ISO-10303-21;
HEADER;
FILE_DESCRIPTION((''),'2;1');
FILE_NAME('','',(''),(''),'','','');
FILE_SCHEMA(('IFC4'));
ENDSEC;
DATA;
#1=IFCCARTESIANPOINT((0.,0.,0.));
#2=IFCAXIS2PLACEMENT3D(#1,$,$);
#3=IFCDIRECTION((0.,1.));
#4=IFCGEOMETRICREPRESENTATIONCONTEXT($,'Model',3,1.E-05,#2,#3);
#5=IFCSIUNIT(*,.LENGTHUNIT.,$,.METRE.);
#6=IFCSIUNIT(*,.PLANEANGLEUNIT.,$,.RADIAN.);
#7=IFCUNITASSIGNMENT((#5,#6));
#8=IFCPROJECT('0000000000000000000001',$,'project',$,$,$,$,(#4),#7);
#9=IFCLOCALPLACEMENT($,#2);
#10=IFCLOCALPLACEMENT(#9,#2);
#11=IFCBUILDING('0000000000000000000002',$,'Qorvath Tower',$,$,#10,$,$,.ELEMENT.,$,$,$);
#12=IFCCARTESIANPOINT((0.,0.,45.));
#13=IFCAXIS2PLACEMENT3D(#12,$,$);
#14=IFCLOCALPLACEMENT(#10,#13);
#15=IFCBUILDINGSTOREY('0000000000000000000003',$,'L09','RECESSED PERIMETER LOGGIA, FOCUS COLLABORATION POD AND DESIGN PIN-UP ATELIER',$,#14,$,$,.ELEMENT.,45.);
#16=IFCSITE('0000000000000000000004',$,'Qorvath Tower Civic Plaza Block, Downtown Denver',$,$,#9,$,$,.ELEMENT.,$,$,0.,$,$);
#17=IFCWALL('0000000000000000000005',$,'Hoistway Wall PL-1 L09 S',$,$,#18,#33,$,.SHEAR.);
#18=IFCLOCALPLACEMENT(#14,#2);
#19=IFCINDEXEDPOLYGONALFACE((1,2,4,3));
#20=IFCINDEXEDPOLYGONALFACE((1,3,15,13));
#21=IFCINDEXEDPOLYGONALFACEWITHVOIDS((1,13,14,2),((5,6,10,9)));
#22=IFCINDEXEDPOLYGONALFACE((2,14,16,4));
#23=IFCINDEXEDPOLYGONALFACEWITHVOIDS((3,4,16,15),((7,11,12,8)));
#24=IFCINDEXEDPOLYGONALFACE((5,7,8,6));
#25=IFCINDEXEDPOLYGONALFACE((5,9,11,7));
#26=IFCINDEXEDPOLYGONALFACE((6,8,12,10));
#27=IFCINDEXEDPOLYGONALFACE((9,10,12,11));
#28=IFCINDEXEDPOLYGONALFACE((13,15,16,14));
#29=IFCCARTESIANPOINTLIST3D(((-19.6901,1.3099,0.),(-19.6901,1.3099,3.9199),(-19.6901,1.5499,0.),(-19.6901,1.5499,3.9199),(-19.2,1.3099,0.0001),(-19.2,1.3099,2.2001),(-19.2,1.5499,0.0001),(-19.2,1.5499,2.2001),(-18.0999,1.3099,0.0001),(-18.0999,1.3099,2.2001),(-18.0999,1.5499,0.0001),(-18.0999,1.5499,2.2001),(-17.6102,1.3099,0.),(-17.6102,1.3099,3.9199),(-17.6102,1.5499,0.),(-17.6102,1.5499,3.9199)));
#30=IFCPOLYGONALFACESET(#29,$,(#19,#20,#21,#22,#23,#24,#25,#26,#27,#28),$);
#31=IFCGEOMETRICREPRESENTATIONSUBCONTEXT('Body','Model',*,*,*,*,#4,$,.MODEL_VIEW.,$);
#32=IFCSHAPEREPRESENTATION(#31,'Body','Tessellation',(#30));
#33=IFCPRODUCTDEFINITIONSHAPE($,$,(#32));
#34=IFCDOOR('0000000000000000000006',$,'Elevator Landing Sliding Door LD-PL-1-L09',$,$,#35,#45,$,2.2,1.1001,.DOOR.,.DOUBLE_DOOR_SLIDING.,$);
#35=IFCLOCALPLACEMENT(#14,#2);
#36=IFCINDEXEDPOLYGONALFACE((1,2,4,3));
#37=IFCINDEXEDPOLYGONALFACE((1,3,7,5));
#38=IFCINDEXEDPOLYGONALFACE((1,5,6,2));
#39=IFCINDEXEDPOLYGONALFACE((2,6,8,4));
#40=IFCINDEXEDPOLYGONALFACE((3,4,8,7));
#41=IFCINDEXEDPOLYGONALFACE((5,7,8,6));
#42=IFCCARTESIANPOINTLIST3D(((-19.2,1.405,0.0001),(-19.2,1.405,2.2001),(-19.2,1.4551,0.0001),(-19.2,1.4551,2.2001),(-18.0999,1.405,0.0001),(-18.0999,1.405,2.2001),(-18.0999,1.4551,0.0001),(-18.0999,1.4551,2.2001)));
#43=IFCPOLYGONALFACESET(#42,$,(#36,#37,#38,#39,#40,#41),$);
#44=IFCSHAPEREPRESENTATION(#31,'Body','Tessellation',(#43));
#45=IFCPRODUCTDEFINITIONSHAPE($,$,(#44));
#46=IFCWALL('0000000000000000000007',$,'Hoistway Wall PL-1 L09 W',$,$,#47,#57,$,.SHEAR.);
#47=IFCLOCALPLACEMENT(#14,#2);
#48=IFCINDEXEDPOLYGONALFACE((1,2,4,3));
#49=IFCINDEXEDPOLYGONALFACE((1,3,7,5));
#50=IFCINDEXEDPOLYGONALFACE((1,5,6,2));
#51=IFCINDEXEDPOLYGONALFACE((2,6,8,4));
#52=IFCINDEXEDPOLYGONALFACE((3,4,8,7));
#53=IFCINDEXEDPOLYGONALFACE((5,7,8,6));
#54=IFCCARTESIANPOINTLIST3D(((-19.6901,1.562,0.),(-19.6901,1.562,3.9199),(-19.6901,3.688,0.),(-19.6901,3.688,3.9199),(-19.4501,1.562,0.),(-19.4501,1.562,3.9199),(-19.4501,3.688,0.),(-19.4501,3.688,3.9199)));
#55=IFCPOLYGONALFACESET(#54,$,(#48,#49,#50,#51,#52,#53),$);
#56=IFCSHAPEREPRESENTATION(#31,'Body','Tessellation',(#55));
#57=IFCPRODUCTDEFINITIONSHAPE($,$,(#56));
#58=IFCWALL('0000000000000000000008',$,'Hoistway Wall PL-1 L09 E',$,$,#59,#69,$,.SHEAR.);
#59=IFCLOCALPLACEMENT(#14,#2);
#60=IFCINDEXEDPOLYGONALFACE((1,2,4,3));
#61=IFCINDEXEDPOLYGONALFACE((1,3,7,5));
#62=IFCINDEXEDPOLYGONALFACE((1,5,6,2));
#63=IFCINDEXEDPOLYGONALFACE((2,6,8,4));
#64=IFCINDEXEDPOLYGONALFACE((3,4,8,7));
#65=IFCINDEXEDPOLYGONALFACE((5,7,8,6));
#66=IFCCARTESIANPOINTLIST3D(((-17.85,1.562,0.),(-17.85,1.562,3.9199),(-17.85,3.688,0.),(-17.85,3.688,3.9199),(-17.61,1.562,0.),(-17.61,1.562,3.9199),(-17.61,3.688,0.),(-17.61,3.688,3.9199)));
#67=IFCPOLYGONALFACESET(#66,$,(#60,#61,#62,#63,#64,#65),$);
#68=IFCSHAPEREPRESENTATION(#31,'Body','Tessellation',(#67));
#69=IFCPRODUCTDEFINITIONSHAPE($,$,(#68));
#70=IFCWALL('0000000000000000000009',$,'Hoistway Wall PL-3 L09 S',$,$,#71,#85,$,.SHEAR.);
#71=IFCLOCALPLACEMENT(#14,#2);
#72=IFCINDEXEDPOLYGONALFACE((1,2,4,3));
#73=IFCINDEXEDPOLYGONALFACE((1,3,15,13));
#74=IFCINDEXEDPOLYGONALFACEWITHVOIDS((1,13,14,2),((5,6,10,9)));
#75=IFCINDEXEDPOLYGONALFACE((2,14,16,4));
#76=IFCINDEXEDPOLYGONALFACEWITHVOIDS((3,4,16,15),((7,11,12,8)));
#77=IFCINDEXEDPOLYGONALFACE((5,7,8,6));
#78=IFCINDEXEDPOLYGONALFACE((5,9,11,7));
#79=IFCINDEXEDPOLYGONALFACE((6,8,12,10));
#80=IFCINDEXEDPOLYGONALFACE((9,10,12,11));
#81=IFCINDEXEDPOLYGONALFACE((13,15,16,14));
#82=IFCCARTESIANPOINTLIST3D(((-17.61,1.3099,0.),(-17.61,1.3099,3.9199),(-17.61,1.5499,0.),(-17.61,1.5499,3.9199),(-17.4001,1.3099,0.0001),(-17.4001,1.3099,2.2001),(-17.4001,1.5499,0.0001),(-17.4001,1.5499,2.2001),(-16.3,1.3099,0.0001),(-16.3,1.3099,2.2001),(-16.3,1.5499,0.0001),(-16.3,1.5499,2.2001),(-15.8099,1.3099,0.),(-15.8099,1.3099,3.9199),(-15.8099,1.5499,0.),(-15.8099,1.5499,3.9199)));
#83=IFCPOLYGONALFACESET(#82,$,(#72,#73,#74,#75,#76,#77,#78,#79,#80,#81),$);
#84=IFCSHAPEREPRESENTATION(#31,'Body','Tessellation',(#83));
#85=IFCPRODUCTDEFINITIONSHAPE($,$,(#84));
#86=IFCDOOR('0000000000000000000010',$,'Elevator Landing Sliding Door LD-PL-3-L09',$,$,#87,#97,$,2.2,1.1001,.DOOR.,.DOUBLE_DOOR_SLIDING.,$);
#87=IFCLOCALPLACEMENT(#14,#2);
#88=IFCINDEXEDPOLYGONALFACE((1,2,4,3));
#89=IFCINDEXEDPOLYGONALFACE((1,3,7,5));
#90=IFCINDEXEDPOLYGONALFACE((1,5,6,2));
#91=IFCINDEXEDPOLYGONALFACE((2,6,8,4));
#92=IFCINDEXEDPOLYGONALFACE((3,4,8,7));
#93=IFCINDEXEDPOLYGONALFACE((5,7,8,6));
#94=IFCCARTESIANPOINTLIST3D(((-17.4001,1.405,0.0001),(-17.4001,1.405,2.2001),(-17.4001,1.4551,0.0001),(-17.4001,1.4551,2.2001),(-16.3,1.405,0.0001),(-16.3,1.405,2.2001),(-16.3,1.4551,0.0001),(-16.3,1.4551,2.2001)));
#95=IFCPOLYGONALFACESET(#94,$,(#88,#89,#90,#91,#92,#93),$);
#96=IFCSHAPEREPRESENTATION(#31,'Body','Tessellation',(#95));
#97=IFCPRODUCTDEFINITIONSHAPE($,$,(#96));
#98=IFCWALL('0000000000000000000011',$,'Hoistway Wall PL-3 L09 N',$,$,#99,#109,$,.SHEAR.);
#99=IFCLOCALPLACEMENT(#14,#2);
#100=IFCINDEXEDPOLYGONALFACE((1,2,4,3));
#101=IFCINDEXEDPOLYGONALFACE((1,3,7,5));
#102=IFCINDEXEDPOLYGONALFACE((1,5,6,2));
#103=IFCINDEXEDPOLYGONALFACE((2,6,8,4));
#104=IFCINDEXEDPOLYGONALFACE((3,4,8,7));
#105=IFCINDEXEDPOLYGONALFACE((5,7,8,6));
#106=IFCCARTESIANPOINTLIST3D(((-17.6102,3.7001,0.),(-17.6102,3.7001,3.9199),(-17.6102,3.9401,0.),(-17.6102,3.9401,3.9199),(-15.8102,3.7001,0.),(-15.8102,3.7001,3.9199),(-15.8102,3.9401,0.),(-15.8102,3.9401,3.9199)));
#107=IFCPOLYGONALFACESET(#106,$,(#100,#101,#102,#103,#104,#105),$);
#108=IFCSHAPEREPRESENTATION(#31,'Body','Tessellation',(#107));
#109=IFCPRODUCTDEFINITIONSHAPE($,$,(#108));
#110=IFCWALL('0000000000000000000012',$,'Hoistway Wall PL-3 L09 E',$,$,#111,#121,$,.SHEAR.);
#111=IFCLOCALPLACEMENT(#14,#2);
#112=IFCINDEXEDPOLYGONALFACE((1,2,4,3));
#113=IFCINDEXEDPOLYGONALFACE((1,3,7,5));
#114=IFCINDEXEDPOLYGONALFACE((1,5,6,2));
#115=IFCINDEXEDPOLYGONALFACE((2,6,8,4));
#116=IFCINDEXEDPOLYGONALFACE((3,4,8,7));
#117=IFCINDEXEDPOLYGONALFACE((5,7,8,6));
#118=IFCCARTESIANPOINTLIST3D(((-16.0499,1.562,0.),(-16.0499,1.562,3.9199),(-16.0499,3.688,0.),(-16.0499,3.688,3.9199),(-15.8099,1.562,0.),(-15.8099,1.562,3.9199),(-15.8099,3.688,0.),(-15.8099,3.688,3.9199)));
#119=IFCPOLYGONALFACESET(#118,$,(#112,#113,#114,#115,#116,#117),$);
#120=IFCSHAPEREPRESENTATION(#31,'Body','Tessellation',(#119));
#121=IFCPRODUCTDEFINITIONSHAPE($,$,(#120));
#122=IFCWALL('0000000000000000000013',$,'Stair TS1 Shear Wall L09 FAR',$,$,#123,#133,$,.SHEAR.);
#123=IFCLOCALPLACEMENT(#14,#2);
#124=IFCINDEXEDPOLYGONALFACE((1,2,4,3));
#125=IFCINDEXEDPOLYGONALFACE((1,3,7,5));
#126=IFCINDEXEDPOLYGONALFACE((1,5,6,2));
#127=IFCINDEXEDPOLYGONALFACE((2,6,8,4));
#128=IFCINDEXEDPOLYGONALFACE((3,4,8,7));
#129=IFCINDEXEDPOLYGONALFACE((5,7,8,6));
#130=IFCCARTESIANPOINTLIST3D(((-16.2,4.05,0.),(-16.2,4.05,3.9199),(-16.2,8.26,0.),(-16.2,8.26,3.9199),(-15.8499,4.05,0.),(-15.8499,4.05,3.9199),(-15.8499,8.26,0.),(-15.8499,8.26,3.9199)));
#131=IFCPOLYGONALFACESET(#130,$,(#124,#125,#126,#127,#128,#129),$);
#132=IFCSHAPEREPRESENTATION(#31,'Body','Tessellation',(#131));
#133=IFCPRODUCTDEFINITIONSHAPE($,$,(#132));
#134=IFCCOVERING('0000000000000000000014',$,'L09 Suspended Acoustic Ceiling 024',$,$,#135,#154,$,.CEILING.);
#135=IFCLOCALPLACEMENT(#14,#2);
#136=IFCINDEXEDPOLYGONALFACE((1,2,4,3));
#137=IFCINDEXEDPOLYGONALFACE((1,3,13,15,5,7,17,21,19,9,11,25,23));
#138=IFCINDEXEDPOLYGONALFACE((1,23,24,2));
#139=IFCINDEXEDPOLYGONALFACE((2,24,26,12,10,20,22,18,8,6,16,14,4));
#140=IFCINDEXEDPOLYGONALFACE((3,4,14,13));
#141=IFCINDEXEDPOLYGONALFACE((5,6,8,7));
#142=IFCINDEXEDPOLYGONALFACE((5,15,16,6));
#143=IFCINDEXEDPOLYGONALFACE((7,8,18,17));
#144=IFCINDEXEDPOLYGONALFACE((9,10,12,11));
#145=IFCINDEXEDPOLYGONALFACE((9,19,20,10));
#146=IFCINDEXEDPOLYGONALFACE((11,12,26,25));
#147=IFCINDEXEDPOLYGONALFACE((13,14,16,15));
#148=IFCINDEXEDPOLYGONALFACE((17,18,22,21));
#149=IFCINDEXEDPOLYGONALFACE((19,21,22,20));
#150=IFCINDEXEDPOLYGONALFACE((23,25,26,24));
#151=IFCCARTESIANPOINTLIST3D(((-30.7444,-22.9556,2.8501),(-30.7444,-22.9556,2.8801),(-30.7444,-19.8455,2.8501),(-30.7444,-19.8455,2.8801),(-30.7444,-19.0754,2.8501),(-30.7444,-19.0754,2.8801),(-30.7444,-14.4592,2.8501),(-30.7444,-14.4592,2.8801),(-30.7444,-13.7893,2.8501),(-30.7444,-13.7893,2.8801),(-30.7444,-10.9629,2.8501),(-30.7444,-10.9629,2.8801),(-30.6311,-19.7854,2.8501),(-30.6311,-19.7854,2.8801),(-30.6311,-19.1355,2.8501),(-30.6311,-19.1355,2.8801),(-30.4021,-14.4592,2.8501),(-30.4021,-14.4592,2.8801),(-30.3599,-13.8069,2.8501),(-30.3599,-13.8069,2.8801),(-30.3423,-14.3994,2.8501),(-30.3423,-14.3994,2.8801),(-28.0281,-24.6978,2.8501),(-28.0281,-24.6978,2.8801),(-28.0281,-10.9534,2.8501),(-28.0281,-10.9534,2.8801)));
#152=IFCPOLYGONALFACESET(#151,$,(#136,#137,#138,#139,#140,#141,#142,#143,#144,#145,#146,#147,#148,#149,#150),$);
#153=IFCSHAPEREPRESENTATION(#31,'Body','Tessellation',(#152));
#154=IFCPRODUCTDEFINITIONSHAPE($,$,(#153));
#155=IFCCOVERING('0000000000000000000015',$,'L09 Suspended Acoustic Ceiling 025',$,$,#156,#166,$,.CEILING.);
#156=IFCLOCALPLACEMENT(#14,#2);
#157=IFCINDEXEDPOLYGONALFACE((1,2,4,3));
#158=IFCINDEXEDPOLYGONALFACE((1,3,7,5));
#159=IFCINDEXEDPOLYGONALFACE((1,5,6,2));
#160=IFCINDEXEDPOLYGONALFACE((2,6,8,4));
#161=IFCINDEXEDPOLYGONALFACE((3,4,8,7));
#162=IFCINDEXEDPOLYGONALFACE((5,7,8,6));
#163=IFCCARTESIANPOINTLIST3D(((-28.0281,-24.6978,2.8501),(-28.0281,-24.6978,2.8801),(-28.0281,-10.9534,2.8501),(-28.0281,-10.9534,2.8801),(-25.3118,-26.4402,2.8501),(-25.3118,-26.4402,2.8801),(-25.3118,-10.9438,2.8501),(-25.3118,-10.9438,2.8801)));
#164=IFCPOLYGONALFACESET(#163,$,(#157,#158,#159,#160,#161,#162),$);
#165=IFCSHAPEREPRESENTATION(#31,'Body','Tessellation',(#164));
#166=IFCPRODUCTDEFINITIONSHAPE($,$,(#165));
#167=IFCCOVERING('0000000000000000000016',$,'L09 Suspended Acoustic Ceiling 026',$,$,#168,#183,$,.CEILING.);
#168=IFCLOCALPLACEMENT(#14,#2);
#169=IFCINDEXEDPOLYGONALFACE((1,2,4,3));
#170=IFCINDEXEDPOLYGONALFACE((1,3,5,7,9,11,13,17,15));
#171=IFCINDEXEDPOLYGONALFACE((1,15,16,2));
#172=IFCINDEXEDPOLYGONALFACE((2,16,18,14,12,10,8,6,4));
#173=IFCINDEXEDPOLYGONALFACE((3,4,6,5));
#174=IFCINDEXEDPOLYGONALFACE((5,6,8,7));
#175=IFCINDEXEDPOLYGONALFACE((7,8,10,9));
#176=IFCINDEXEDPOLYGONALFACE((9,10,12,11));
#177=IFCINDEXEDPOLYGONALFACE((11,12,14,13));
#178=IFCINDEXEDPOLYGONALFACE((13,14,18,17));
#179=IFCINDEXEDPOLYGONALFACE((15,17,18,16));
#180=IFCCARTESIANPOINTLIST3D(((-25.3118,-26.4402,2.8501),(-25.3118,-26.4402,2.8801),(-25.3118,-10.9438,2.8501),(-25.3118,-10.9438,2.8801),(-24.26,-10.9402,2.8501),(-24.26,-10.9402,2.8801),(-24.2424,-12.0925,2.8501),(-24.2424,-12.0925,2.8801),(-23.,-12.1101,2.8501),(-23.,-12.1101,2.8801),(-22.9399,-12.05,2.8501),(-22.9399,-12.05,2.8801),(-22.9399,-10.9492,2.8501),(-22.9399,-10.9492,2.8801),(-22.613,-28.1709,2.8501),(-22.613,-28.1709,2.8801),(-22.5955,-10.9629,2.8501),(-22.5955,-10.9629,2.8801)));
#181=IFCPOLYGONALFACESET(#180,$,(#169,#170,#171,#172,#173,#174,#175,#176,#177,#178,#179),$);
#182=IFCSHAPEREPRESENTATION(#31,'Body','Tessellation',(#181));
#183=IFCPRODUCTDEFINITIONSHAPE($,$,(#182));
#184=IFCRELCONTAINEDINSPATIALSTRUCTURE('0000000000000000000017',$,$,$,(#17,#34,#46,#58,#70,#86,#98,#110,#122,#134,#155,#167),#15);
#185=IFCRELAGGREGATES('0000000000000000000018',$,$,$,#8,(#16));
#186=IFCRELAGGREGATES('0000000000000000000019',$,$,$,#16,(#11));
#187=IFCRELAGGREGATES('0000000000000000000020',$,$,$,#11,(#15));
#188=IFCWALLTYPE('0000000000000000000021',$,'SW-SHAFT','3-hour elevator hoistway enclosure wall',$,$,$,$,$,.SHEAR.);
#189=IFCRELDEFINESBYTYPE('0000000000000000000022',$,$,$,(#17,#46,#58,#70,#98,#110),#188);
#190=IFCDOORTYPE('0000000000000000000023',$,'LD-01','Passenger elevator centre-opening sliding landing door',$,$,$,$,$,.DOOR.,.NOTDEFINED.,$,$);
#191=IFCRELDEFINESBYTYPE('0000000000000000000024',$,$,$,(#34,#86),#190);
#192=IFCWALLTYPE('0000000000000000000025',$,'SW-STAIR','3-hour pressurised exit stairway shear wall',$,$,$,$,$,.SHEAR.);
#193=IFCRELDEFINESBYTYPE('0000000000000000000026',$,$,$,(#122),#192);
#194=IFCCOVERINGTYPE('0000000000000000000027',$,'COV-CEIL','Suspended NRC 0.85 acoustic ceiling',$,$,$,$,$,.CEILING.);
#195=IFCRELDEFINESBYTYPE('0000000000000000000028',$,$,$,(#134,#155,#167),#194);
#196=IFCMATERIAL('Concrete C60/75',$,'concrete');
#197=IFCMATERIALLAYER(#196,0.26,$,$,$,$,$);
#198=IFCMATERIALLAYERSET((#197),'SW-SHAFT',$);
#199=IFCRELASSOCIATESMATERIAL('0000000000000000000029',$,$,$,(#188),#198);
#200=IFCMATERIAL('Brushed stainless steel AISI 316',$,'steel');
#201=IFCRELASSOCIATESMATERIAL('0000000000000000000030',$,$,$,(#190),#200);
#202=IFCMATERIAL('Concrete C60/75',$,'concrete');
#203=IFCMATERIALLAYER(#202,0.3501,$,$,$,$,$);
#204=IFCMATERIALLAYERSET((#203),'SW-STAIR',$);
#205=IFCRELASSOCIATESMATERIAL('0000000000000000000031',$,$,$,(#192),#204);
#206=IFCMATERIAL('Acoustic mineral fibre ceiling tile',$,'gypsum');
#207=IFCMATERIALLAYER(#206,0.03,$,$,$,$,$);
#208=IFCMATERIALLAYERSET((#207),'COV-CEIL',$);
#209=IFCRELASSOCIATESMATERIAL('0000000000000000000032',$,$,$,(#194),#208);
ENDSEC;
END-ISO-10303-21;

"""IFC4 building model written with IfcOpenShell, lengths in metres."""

from ifc_helpers import new_model, si_unit, direction, frame, frame_2d, origin, place, context, subcontext, project, spatial, polyline, rectangle, outline, extrude, material, layer, layer_set, type_object, element, fill, save


model = new_model("IFC4")

# Units and contexts
model_context = context("Model", 3, precision=1e-05, world=origin(), true_north=direction((0.0, 1.0)))
body_context = subcontext(model_context, "Body", "Model", "MODEL_VIEW")
ifc_project = project(units=[si_unit("LENGTHUNIT", "METRE"), si_unit("PLANEANGLEUNIT", "RADIAN")], contexts=[model_context])

# Site, building, storey
site_placement = place(None, origin())
site = spatial("IfcSite", under=ifc_project, at=site_placement, Name="Qorvath Tower Civic Plaza Block, Downtown Denver", CompositionType="ELEMENT", RefElevation=0.0)
building_placement = place(site_placement, origin())
building = spatial("IfcBuilding", under=site, at=building_placement, Name="Qorvath Tower", CompositionType="ELEMENT")
storey_placement = place(building_placement, frame((0.0, 0.0, 45.0)))
storey = spatial("IfcBuildingStorey", under=building, at=storey_placement, Name="L09", Description="RECESSED PERIMETER LOGGIA, FOCUS COLLABORATION POD AND DESIGN PIN-UP ATELIER", CompositionType="ELEMENT", Elevation=45.0)

# Wall, opening, door
ifc_material_1 = material(Name="Concrete C60/75", Category="concrete")
ifc_layer_1 = layer(ifc_material_1, 0.26)
ifc_layer_set_1 = layer_set([ifc_layer_1], Name="SW-SHAFT")
wall_type_1 = type_object("IfcWallType", Name="SW-SHAFT", Description="3-hour elevator hoistway enclosure wall", PredefinedType="SHEAR", material=ifc_layer_set_1)
wall_1_placement = place(storey_placement, frame((-17.6101, 1.4299, 0.0), z_axis=(0.0, 0.0, 1.0), x_axis=(-1.0, 0.0, 0.0)))
wall_1 = element("IfcWall", 1, at=wall_1_placement, inside=storey, type_object=wall_type_1, Name="Hoistway Wall PL-1 L09 S", PredefinedType="SHEAR", context=body_context, shape_type="SweptSolid", body=[
    extrude(rectangle(XDim=2.0798, YDim=0.24, at=frame_2d((1.04, 0.0))), origin(), (0.0, 0.0, 1.0), 3.9199),
])
opening_1_placement = place(wall_1_placement, frame((0.4897, 0.0, 0.0)))
opening_1 = element("IfcOpeningElement", 2, at=opening_1_placement, cuts=wall_1, PredefinedType="OPENING", context=body_context, shape_type="SweptSolid", body=[
    extrude(rectangle(XDim=1.1001, YDim=2.2, at=frame_2d((0.55, 1.1001))), frame((0.0, 0.1299, 0.0), z_axis=(0.0, -1.0, 0.0), x_axis=(1.0, 0.0, 0.0)), (0.0, 0.0, 1.0), 0.26),
])
ifc_material_2 = material(Name="Brushed stainless steel AISI 316", Category="steel")
door_type = type_object("IfcDoorType", Name="LD-01", Description="Passenger elevator centre-opening sliding landing door", OperationType="NOTDEFINED", PredefinedType="DOOR", material=ifc_material_2)
door_1_placement = place(opening_1_placement, origin())
door_1 = element("IfcDoor", 3, at=door_1_placement, inside=storey, type_object=door_type, Name="Elevator Landing Sliding Door LD-PL-1-L09", OperationType="DOUBLE_DOOR_SLIDING", OverallHeight=2.2, OverallWidth=1.1001, PredefinedType="DOOR", context=body_context, shape_type="SweptSolid", body=[
    extrude(rectangle(XDim=1.1001, YDim=2.2, at=frame_2d((0.55, 1.1001))), frame((0.0, 0.0249, 0.0), z_axis=(0.0, -1.0, 0.0), x_axis=(1.0, 0.0, 0.0)), (0.0, 0.0, 1.0), 0.05),
])
fill(opening_1, door_1)

# Walls
for number, where, z_axis, x_axis, name in (
    (4, (-19.5701, 1.562, 0.0), (0.0, 0.0, 1.0), (0.0, 1.0, 0.0), "Hoistway Wall PL-1 L09 W"),
    (5, (-17.73, 3.688, 0.0), (0.0, 0.0, 1.0), (0.0, -1.0, 0.0), "Hoistway Wall PL-1 L09 E"),
):
    element("IfcWall", number, at=place(storey_placement, frame(where, z_axis=z_axis, x_axis=x_axis)), inside=storey, type_object=wall_type_1, Name=name, PredefinedType="SHEAR", context=body_context, shape_type="SweptSolid", body=[
        extrude(rectangle(XDim=2.126, YDim=0.24, at=frame_2d((1.063, 0.0))), origin(), (0.0, 0.0, 1.0), 3.9199),
    ])

# Wall, opening, door
wall_2_placement = place(storey_placement, frame((-15.8101, 1.4299, 0.0), z_axis=(0.0, 0.0, 1.0), x_axis=(-1.0, 0.0, 0.0)))
wall_2 = element("IfcWall", 6, at=wall_2_placement, inside=storey, type_object=wall_type_1, Name="Hoistway Wall PL-3 L09 S", PredefinedType="SHEAR", context=body_context, shape_type="SweptSolid", body=[
    extrude(rectangle(XDim=1.8, YDim=0.24, at=frame_2d((0.8999, 0.0))), origin(), (0.0, 0.0, 1.0), 3.9199),
])
opening_2_placement = place(wall_2_placement, frame((0.49, 0.0, 0.0)))
opening_2 = element("IfcOpeningElement", 7, at=opening_2_placement, cuts=wall_2, PredefinedType="OPENING", context=body_context, shape_type="SweptSolid", body=[
    extrude(rectangle(XDim=1.1001, YDim=2.2, at=frame_2d((0.55, 1.1001))), frame((0.0, 0.1299, 0.0), z_axis=(0.0, -1.0, 0.0), x_axis=(1.0, 0.0, 0.0)), (0.0, 0.0, 1.0), 0.26),
])
door_2_placement = place(opening_2_placement, origin())
door_2 = element("IfcDoor", 8, at=door_2_placement, inside=storey, type_object=door_type, Name="Elevator Landing Sliding Door LD-PL-3-L09", OperationType="DOUBLE_DOOR_SLIDING", OverallHeight=2.2, OverallWidth=1.1001, PredefinedType="DOOR", context=body_context, shape_type="SweptSolid", body=[
    extrude(rectangle(XDim=1.1001, YDim=2.2, at=frame_2d((0.55, 1.1001))), frame((0.0, 0.0249, 0.0), z_axis=(0.0, -1.0, 0.0), x_axis=(1.0, 0.0, 0.0)), (0.0, 0.0, 1.0), 0.05),
])
fill(opening_2, door_2)

# Walls
wall_3_placement = place(storey_placement, frame((-17.6101, 3.8201, 0.0), z_axis=(0.0, 0.0, 1.0), x_axis=(1.0, 0.0, 0.0)))
element("IfcWall", 9, at=wall_3_placement, inside=storey, type_object=wall_type_1, Name="Hoistway Wall PL-3 L09 N", PredefinedType="SHEAR", context=body_context, shape_type="SweptSolid", body=[
    extrude(rectangle(XDim=1.8, YDim=0.24, at=frame_2d((0.8999, 0.0))), origin(), (0.0, 0.0, 1.0), 3.9199),
])
wall_4_placement = place(storey_placement, frame((-15.9299, 3.688, 0.0), z_axis=(0.0, 0.0, 1.0), x_axis=(0.0, -1.0, 0.0)))
element("IfcWall", 10, at=wall_4_placement, inside=storey, type_object=wall_type_1, Name="Hoistway Wall PL-3 L09 E", PredefinedType="SHEAR", context=body_context, shape_type="SweptSolid", body=[
    extrude(rectangle(XDim=2.126, YDim=0.24, at=frame_2d((1.063, 0.0))), origin(), (0.0, 0.0, 1.0), 3.9199),
])
ifc_material_3 = material(Name="Concrete C60/75", Category="concrete")
ifc_layer_2 = layer(ifc_material_3, 0.3501)
ifc_layer_set_2 = layer_set([ifc_layer_2], Name="SW-STAIR")
wall_type_2 = type_object("IfcWallType", Name="SW-STAIR", Description="3-hour pressurised exit stairway shear wall", PredefinedType="SHEAR", material=ifc_layer_set_2)
wall_5_placement = place(storey_placement, frame((-16.0249, 4.05, 0.0), z_axis=(0.0, 0.0, 1.0), x_axis=(0.0, 1.0, 0.0)))
element("IfcWall", 11, at=wall_5_placement, inside=storey, type_object=wall_type_2, Name="Stair TS1 Shear Wall L09 FAR", PredefinedType="SHEAR", context=body_context, shape_type="SweptSolid", body=[
    extrude(rectangle(XDim=4.21, YDim=0.3501, at=frame_2d((2.105, 0.0))), origin(), (0.0, 0.0, 1.0), 3.9199),
])

# Coverings
ifc_material_4 = material(Name="Acoustic mineral fibre ceiling tile", Category="gypsum")
ifc_layer_3 = layer(ifc_material_4, 0.03)
ifc_layer_set_3 = layer_set([ifc_layer_3], Name="COV-CEIL")
covering_type_1 = type_object("IfcCoveringType", Name="COV-CEIL", Description="Suspended NRC 0.85 acoustic ceiling", PredefinedType="CEILING", material=ifc_layer_set_3)
covering_1_placement = place(storey_placement, frame((0.0, 0.0, 2.8501)))
element("IfcCovering", 12, at=covering_1_placement, inside=storey, type_object=covering_type_1, Name="L09 Suspended Acoustic Ceiling 024", PredefinedType="CEILING", context=body_context, shape_type="SweptSolid", body=[
    extrude(outline(polyline([(-28.0281, -24.6978), (-28.0281, -10.9534), (-30.7444, -10.9629), (-30.7444, -13.7893), (-30.3599, -13.8069), (-30.3423, -14.3994), (-30.4021, -14.4592), (-30.7444, -14.4592), (-30.7444, -19.0754), (-30.6311, -19.1355), (-30.6311, -19.7854), (-30.7444, -19.8455), (-30.7444, -22.9556), (-28.0281, -24.6978)])), origin(), (0.0, 0.0, 1.0), 0.03),
])
covering_2_placement = place(storey_placement, frame((0.0, 0.0, 2.8501)))
element("IfcCovering", 13, at=covering_2_placement, inside=storey, type_object=covering_type_1, Name="L09 Suspended Acoustic Ceiling 025", PredefinedType="CEILING", context=body_context, shape_type="SweptSolid", body=[
    extrude(outline(polyline([(-25.3118, -26.4402), (-25.3118, -10.9438), (-28.0281, -10.9534), (-28.0281, -24.6978), (-25.3118, -26.4402)])), origin(), (0.0, 0.0, 1.0), 0.03),
])
covering_3_placement = place(storey_placement, frame((0.0, 0.0, 2.8501)))
element("IfcCovering", 14, at=covering_3_placement, inside=storey, type_object=covering_type_1, Name="L09 Suspended Acoustic Ceiling 026", PredefinedType="CEILING", context=body_context, shape_type="SweptSolid", body=[
    extrude(outline(polyline([(-22.613, -28.1709), (-22.5955, -10.9629), (-22.9399, -10.9492), (-22.9399, -12.05), (-23.0, -12.1101), (-24.2424, -12.0925), (-24.26, -10.9402), (-25.3118, -10.9438), (-25.3118, -26.4402), (-22.613, -28.1709)])), origin(), (0.0, 0.0, 1.0), 0.03),
])

save(model, "model.ifc")
